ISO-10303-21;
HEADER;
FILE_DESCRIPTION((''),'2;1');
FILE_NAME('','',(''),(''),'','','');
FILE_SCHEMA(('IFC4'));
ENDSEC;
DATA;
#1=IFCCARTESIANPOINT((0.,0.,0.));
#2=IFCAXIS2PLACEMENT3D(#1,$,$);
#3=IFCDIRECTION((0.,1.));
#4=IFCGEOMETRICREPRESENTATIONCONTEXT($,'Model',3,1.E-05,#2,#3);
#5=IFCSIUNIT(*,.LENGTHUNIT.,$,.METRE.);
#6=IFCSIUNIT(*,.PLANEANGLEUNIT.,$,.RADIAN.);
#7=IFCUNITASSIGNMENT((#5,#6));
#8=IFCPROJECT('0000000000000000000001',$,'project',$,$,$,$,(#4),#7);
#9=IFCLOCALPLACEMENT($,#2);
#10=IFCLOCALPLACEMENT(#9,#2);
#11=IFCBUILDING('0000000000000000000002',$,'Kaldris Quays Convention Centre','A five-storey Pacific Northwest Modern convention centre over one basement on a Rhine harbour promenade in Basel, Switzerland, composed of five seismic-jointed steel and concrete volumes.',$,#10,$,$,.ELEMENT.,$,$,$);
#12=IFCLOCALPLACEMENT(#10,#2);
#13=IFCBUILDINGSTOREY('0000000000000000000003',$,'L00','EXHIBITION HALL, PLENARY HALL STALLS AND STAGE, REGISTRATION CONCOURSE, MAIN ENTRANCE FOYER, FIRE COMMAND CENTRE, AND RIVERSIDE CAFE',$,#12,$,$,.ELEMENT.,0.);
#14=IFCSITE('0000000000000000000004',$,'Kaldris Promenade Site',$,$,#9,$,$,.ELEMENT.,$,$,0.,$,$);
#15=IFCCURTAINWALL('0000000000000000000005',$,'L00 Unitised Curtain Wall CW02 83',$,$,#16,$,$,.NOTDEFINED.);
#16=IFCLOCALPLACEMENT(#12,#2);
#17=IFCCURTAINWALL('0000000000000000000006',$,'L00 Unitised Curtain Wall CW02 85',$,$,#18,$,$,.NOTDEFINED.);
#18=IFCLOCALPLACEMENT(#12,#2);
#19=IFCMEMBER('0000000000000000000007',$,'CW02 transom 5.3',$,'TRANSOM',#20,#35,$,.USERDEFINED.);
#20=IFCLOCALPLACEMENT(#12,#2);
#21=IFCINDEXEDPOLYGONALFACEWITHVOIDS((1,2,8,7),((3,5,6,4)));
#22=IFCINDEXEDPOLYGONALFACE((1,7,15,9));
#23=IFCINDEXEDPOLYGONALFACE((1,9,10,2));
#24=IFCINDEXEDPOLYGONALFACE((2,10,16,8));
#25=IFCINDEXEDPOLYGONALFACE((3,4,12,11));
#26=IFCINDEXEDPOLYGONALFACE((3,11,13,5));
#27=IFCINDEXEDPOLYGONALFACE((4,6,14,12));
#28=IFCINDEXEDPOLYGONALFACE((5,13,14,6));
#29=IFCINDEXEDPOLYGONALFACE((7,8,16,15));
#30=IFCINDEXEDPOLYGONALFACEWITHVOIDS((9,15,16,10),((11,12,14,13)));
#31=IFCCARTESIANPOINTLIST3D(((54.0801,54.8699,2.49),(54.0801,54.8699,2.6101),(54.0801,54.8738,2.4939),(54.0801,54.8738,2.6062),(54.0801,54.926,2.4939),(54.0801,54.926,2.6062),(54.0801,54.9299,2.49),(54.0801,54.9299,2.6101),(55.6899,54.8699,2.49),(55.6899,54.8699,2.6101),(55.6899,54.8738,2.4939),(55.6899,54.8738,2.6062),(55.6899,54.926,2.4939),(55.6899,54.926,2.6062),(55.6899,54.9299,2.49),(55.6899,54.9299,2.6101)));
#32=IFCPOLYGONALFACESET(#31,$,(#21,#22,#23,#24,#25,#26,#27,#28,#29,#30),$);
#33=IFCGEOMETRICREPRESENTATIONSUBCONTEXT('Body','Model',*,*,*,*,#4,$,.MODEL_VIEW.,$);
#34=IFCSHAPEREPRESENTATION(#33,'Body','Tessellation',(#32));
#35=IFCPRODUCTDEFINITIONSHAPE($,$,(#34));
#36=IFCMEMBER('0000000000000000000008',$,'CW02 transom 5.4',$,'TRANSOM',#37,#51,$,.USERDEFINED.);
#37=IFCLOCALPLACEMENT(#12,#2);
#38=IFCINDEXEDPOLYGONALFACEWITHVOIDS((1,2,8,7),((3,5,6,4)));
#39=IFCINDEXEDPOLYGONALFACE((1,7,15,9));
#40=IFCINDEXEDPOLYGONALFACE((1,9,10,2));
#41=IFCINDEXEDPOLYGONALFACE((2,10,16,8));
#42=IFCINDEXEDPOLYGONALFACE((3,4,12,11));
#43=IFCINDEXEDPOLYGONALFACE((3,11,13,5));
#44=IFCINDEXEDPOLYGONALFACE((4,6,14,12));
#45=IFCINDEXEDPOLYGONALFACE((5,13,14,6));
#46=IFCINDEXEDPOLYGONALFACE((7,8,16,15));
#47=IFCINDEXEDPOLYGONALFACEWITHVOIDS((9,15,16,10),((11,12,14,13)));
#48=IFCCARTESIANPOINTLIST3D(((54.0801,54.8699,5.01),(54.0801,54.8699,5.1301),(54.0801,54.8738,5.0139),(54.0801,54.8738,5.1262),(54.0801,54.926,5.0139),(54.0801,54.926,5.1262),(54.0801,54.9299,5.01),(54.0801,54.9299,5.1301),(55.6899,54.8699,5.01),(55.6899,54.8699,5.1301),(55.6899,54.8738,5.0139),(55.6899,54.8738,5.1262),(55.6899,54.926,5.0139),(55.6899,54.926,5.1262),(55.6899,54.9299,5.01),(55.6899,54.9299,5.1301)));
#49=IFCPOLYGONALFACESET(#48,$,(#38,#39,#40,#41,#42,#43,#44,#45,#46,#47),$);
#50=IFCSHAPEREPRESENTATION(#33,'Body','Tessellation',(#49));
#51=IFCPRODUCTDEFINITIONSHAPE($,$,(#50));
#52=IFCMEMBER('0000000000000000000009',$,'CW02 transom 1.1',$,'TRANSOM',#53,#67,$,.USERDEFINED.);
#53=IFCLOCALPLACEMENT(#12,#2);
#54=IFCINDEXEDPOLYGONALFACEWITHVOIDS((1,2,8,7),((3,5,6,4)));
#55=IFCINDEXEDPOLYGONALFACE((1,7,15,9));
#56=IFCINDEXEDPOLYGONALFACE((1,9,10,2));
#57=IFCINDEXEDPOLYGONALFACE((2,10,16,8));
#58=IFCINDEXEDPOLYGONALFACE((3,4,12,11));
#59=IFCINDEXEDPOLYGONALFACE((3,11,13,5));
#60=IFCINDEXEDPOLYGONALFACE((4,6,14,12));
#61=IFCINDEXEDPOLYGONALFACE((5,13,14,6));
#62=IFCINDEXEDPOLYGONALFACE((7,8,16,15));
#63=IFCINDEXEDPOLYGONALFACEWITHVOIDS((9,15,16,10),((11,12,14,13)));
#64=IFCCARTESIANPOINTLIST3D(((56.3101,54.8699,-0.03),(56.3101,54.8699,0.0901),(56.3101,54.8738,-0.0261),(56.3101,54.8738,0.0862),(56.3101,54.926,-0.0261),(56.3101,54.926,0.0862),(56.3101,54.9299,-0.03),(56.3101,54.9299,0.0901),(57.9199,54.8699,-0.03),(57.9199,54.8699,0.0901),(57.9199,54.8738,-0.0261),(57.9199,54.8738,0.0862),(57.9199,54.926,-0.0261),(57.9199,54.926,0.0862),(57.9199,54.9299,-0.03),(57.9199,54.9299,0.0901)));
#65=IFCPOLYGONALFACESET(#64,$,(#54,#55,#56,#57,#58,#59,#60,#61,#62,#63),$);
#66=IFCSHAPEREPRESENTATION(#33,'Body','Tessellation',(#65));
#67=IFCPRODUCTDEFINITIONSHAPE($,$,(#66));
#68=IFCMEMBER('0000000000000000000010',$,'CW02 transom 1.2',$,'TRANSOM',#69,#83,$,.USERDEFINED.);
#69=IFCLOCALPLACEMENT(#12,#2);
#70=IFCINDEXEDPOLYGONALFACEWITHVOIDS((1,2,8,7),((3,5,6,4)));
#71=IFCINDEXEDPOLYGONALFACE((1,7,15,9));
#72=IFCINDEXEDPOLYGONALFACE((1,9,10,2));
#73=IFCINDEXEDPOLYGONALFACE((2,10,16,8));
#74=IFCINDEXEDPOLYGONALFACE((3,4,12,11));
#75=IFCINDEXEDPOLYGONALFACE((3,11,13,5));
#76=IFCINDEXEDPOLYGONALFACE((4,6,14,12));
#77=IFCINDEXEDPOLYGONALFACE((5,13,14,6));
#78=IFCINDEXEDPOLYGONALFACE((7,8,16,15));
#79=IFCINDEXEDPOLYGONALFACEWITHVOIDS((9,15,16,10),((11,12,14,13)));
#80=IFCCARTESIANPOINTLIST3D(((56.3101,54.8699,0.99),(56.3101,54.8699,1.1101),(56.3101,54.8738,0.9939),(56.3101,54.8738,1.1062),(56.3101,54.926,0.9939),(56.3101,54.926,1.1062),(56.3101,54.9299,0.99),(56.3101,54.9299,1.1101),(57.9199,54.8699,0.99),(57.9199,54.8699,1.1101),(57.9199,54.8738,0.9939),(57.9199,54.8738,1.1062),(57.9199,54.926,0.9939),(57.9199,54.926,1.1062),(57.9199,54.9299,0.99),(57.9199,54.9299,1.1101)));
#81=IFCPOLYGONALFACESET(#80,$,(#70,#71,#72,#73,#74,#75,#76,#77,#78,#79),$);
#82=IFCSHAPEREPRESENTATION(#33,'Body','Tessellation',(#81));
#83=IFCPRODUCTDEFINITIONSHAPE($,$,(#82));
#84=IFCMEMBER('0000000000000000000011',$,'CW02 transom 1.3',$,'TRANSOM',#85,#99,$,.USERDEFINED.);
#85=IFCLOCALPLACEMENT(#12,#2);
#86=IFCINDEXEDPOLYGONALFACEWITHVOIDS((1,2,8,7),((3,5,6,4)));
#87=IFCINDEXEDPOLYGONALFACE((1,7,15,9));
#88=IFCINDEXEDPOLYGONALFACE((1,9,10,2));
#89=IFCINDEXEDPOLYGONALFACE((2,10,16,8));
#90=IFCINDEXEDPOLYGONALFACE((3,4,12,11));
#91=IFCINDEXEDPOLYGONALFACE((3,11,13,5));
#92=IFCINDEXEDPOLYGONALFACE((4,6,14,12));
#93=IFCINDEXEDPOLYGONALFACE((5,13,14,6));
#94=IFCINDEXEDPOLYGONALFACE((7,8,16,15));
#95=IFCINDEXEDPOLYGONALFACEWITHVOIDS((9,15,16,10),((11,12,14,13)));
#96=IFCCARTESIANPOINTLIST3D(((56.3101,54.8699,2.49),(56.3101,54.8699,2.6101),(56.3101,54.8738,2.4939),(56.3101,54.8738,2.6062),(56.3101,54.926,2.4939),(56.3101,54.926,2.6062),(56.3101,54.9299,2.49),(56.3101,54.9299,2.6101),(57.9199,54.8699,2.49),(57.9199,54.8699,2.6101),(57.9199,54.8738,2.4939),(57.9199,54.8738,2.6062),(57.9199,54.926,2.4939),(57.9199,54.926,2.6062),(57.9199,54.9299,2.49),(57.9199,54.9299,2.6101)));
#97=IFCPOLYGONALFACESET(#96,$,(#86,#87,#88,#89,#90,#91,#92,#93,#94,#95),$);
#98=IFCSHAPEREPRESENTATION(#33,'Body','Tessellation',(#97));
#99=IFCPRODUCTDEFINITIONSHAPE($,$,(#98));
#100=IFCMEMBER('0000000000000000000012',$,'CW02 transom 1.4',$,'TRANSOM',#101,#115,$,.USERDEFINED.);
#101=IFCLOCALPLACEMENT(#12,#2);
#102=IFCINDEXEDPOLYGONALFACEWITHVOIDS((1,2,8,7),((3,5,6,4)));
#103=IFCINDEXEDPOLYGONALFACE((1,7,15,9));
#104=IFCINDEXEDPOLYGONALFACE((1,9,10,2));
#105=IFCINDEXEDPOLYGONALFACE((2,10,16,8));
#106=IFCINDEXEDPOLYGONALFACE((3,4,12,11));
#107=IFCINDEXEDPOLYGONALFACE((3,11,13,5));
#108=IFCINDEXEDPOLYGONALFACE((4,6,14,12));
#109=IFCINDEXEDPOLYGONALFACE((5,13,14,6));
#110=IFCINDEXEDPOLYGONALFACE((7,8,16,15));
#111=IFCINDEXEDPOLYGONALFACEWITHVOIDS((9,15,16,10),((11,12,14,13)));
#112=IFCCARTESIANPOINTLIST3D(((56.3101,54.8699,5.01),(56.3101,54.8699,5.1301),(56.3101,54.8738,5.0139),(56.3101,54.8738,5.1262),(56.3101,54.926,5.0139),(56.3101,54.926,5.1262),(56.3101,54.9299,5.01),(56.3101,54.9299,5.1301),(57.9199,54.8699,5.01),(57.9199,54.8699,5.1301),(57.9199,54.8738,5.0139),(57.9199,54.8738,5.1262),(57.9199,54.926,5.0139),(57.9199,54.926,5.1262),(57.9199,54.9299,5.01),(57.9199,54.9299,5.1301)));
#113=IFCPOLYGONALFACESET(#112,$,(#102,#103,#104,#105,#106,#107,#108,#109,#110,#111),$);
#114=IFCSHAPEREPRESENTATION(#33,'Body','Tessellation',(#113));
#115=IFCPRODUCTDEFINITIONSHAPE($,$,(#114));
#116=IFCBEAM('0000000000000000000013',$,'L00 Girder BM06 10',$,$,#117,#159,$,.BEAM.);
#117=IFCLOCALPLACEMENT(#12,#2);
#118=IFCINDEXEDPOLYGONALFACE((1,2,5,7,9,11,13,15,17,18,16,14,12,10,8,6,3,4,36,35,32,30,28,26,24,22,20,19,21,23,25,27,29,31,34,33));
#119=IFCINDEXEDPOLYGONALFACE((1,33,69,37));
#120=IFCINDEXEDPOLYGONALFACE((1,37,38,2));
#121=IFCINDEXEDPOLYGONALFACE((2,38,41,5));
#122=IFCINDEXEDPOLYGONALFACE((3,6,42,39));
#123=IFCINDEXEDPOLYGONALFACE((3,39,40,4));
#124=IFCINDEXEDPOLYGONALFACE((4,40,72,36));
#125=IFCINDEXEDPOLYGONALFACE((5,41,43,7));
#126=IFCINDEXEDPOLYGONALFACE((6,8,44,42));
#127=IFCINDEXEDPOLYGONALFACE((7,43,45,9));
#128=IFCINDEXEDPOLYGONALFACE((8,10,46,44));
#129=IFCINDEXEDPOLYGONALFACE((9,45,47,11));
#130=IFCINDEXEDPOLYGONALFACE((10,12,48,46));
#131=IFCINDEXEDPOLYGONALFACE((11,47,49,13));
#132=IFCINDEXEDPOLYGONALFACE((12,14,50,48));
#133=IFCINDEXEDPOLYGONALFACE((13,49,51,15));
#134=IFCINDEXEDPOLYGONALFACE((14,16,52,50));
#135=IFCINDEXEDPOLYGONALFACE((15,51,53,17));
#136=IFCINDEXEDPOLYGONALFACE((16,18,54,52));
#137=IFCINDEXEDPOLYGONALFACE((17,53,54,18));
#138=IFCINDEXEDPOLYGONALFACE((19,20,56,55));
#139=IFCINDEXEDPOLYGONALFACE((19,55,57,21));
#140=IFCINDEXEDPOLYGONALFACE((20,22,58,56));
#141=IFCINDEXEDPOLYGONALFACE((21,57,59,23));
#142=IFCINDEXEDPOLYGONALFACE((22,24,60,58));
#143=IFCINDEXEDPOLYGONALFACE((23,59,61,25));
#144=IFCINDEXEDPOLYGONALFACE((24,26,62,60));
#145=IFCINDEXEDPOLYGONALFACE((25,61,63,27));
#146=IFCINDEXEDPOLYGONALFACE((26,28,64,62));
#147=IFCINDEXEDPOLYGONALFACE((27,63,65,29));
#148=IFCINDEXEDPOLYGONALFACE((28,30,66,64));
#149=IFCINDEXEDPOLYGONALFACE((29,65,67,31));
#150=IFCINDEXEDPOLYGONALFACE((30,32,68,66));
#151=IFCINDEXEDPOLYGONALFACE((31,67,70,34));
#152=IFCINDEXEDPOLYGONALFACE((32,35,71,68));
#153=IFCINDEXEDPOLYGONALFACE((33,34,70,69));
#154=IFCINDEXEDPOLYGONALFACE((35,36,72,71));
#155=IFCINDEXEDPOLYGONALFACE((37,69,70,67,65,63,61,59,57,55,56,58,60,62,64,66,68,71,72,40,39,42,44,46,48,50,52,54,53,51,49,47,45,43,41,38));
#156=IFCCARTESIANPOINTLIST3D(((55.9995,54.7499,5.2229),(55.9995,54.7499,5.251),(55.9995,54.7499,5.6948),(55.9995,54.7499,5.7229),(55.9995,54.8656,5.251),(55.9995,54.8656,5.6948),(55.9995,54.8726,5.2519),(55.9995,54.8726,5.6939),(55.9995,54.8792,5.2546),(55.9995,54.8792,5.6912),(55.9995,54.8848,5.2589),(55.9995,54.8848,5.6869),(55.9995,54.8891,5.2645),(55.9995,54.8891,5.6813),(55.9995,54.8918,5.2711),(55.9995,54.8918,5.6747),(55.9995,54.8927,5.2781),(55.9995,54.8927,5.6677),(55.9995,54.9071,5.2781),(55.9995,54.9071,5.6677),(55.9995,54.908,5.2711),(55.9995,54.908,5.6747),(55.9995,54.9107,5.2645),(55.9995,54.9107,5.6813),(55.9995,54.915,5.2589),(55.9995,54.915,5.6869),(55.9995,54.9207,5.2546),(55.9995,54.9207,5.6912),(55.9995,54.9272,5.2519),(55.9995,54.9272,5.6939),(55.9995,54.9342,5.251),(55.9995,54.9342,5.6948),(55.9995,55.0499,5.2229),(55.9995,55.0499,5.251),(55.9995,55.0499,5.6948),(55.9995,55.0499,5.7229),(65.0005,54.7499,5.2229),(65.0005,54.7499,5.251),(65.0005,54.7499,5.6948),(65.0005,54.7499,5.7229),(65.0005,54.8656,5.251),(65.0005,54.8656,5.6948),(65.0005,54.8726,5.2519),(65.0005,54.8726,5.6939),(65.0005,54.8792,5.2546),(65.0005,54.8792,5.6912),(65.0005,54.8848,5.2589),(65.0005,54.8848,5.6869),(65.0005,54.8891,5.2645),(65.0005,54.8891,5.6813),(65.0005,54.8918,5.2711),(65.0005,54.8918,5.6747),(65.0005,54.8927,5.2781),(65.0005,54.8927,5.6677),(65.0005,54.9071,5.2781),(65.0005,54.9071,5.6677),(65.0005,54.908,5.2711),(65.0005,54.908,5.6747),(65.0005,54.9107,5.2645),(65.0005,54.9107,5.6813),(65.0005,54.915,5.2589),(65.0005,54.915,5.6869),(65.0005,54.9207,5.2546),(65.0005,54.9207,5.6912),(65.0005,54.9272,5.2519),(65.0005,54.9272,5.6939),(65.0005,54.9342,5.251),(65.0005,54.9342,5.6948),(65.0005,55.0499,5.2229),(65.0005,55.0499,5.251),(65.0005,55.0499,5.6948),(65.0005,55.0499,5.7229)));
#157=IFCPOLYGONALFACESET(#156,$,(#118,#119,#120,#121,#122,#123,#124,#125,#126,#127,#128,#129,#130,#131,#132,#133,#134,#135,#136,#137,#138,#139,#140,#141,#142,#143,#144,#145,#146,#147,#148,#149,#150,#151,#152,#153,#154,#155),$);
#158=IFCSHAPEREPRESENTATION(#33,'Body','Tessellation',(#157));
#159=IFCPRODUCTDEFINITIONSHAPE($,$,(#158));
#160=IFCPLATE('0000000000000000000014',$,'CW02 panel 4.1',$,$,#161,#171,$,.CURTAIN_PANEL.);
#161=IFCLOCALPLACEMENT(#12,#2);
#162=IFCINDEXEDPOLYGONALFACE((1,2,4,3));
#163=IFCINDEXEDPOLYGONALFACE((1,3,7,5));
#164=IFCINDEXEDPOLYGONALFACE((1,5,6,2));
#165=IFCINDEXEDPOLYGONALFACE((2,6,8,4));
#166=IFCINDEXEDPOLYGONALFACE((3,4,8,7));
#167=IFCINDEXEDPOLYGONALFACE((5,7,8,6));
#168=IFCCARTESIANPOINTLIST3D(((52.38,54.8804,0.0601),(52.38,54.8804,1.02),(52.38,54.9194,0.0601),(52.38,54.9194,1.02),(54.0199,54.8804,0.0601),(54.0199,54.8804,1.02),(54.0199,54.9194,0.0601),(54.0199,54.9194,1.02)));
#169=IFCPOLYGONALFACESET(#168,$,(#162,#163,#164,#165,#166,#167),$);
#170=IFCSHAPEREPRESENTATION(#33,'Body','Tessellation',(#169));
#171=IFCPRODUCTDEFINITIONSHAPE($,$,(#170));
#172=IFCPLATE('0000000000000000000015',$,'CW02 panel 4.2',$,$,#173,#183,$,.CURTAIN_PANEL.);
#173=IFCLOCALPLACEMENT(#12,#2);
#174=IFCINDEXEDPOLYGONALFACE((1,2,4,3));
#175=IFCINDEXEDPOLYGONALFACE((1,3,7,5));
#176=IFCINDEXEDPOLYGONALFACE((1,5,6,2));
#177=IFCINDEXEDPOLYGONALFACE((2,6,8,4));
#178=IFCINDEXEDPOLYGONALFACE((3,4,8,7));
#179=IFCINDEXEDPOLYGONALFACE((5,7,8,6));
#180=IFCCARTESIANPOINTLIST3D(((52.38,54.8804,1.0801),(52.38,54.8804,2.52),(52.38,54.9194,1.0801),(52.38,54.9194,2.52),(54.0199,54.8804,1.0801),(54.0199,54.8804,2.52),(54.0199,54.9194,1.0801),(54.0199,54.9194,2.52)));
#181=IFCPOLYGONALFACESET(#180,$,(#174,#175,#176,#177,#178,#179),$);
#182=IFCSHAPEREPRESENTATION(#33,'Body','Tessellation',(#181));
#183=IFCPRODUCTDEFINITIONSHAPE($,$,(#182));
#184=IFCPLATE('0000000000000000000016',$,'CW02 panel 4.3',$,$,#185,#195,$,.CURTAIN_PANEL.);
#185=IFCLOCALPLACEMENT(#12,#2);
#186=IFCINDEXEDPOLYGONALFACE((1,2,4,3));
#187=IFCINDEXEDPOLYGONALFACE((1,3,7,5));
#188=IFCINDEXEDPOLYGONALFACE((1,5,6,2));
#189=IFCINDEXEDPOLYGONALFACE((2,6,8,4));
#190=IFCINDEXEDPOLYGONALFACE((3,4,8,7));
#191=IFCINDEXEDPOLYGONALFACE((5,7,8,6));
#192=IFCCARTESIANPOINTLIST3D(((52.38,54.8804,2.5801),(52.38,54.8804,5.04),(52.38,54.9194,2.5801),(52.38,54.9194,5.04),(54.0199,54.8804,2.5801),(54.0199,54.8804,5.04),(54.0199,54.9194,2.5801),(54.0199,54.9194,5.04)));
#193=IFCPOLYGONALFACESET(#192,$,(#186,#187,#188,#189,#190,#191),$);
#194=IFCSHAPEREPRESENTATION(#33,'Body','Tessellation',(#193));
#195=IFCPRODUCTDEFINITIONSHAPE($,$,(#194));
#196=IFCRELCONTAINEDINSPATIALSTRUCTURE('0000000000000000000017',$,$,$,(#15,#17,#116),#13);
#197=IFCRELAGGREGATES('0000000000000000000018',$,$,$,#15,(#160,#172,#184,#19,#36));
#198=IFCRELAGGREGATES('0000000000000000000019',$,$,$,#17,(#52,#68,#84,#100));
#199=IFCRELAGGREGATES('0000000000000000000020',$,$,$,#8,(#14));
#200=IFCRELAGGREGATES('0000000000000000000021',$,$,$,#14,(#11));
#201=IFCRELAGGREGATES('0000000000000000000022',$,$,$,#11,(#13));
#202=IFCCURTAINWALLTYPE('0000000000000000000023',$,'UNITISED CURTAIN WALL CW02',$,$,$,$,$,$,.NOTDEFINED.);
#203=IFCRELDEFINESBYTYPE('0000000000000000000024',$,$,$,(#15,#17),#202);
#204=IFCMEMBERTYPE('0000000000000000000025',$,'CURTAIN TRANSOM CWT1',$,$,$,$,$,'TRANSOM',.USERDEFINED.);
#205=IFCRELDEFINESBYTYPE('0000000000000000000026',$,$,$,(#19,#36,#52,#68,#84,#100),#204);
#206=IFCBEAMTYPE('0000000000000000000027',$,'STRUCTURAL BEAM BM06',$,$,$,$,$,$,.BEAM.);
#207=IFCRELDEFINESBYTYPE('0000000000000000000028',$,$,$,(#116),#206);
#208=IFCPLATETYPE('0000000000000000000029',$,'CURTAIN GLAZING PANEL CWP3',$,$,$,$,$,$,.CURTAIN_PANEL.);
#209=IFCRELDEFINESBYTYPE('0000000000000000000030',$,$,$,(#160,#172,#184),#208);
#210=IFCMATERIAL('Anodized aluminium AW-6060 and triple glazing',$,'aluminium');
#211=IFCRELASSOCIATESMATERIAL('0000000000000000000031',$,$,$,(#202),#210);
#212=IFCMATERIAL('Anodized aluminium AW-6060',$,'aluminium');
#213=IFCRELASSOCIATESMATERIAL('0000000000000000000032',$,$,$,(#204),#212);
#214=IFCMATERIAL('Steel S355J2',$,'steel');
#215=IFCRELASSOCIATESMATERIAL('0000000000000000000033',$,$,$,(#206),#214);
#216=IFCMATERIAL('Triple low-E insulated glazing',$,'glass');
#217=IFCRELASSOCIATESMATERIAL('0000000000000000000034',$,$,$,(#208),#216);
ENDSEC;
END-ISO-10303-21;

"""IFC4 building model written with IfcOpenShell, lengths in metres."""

from ifc_helpers import new_model, si_unit, direction, frame, origin, origin_2d, place, context, subcontext, project, spatial, rectangle, hollow_rectangle, i_section, extrude, material, material_profile, profile_set, type_object, element, aggregate, save


model = new_model("IFC4")

# Units and contexts
model_context = context("Model", 3, precision=1e-05, world=origin(), true_north=direction((0.0, 1.0)))
body_context = subcontext(model_context, "Body", "Model", "MODEL_VIEW")
ifc_project = project(units=[si_unit("LENGTHUNIT", "METRE"), si_unit("PLANEANGLEUNIT", "RADIAN")], contexts=[model_context])

# Site, building, storey
site_placement = place(None, origin())
site = spatial("IfcSite", under=ifc_project, at=site_placement, Name="Kaldris Promenade Site", CompositionType="ELEMENT", RefElevation=0.0)
building_placement = place(site_placement, origin())
building = spatial("IfcBuilding", under=site, at=building_placement, Name="Kaldris Quays Convention Centre", Description="A five-storey Pacific Northwest Modern convention centre over one basement on a Rhine harbour promenade in Basel, Switzerland, composed of five seismic-jointed steel and concrete volumes.", CompositionType="ELEMENT")
storey_placement = place(building_placement, origin())
storey = spatial("IfcBuildingStorey", under=building, at=storey_placement, Name="L00", Description="EXHIBITION HALL, PLENARY HALL STALLS AND STAGE, REGISTRATION CONCOURSE, MAIN ENTRANCE FOYER, FIRE COMMAND CENTRE, AND RIVERSIDE CAFE", CompositionType="ELEMENT", Elevation=0.0)

# Shared definitions
ifc_material_1 = material(Name="Steel S355J2", Category="steel")

# Curtain wall
ifc_material_2 = material(Name="Anodized aluminium AW-6060 and triple glazing", Category="aluminium")
curtain_wall_type = type_object("IfcCurtainWallType", Name="UNITISED CURTAIN WALL CW02", PredefinedType="NOTDEFINED", material=ifc_material_2)
curtain_wall_1_placement = place(storey_placement, origin())
curtain_wall_1 = element("IfcCurtainWall", 1, at=curtain_wall_1_placement, inside=storey, type_object=curtain_wall_type, Name="L00 Unitised Curtain Wall CW02 83", PredefinedType="NOTDEFINED")
ifc_material_3 = material(Name="Anodized aluminium AW-6060", Category="aluminium")

# Curtain wall
curtain_wall_2_placement = place(storey_placement, origin())
curtain_wall_2 = element("IfcCurtainWall", 2, at=curtain_wall_2_placement, inside=storey, type_object=curtain_wall_type, Name="L00 Unitised Curtain Wall CW02 85", PredefinedType="NOTDEFINED")

# Members
ifc_material_profile_1 = material_profile(ifc_material_3, hollow_rectangle(XDim=0.0601, YDim=0.1201, WallThickness=0.0039, at=origin_2d()), Name="RHS 120x60x4")
ifc_profile_set_1 = profile_set([ifc_material_profile_1], Name="Anodized aluminium AW-6060")
member_type_1 = type_object("IfcMemberType", Name="CURTAIN TRANSOM CWT1", ElementType="TRANSOM", PredefinedType="USERDEFINED", material=ifc_profile_set_1)
member_1_placement = place(storey_placement, frame((54.0801, 54.8999, 2.55), z_axis=(1.0, 0.0, 0.0), x_axis=(0.0, 1.0, 0.0)))
member_1 = element("IfcMember", 3, at=member_1_placement, type_object=member_type_1, Name="CW02 transom 5.3", ObjectType="TRANSOM", PredefinedType="USERDEFINED", context=body_context, shape_type="SweptSolid", body=[
    extrude(hollow_rectangle(XDim=0.0601, YDim=0.1201, WallThickness=0.0039, at=origin_2d()), origin(), (0.0, 0.0, 1.0), 1.6099),
])
member_2_placement = place(storey_placement, frame((54.0801, 54.8999, 5.0701), z_axis=(1.0, 0.0, 0.0), x_axis=(0.0, 1.0, 0.0)))
member_2 = element("IfcMember", 4, at=member_2_placement, type_object=member_type_1, Name="CW02 transom 5.4", ObjectType="TRANSOM", PredefinedType="USERDEFINED", context=body_context, shape_type="SweptSolid", body=[
    extrude(hollow_rectangle(XDim=0.0601, YDim=0.1201, WallThickness=0.0039, at=origin_2d()), origin(), (0.0, 0.0, 1.0), 1.6099),
])
member_3_placement = place(storey_placement, frame((56.3101, 54.8999, 0.03), z_axis=(1.0, 0.0, 0.0), x_axis=(0.0, 1.0, 0.0)))
member_3 = element("IfcMember", 5, at=member_3_placement, type_object=member_type_1, Name="CW02 transom 1.1", ObjectType="TRANSOM", PredefinedType="USERDEFINED", context=body_context, shape_type="SweptSolid", body=[
    extrude(hollow_rectangle(XDim=0.0601, YDim=0.1201, WallThickness=0.0039, at=origin_2d()), origin(), (0.0, 0.0, 1.0), 1.6099),
])
member_4_placement = place(storey_placement, frame((56.3101, 54.8999, 1.05), z_axis=(1.0, 0.0, 0.0), x_axis=(0.0, 1.0, 0.0)))
member_4 = element("IfcMember", 6, at=member_4_placement, type_object=member_type_1, Name="CW02 transom 1.2", ObjectType="TRANSOM", PredefinedType="USERDEFINED", context=body_context, shape_type="SweptSolid", body=[
    extrude(hollow_rectangle(XDim=0.0601, YDim=0.1201, WallThickness=0.0039, at=origin_2d()), origin(), (0.0, 0.0, 1.0), 1.6099),
])
member_5_placement = place(storey_placement, frame((56.3101, 54.8999, 2.55), z_axis=(1.0, 0.0, 0.0), x_axis=(0.0, 1.0, 0.0)))
member_5 = element("IfcMember", 7, at=member_5_placement, type_object=member_type_1, Name="CW02 transom 1.3", ObjectType="TRANSOM", PredefinedType="USERDEFINED", context=body_context, shape_type="SweptSolid", body=[
    extrude(hollow_rectangle(XDim=0.0601, YDim=0.1201, WallThickness=0.0039, at=origin_2d()), origin(), (0.0, 0.0, 1.0), 1.6099),
])
member_6_placement = place(storey_placement, frame((56.3101, 54.8999, 5.0701), z_axis=(1.0, 0.0, 0.0), x_axis=(0.0, 1.0, 0.0)))
member_6 = element("IfcMember", 8, at=member_6_placement, type_object=member_type_1, Name="CW02 transom 1.4", ObjectType="TRANSOM", PredefinedType="USERDEFINED", context=body_context, shape_type="SweptSolid", body=[
    extrude(hollow_rectangle(XDim=0.0601, YDim=0.1201, WallThickness=0.0039, at=origin_2d()), origin(), (0.0, 0.0, 1.0), 1.6099),
])

# Beam
ifc_material_profile_2 = material_profile(ifc_material_1, i_section(OverallWidth=0.3, OverallDepth=0.5, WebThickness=0.0144, FlangeThickness=0.0281, FilletRadius=0.0271, at=origin_2d()), Name="HEB 500")
ifc_profile_set_2 = profile_set([ifc_material_profile_2], Name="Steel S355J2")
beam_type = type_object("IfcBeamType", Name="STRUCTURAL BEAM BM06", PredefinedType="BEAM", material=ifc_profile_set_2)
beam_placement = place(storey_placement, frame((55.9995, 54.8999, 5.4729), z_axis=(1.0, 0.0, 0.0), x_axis=(0.0, 1.0, 0.0)))
element("IfcBeam", 9, at=beam_placement, inside=storey, type_object=beam_type, Name="L00 Girder BM06 10", PredefinedType="BEAM", context=body_context, shape_type="SweptSolid", body=[
    extrude(i_section(OverallWidth=0.3, OverallDepth=0.5, WebThickness=0.0144, FlangeThickness=0.0281, FilletRadius=0.0271, at=origin_2d()), origin(), (0.0, 0.0, 1.0), 9.001),
])

# Plates
ifc_material_4 = material(Name="Triple low-E insulated glazing", Category="glass")
plate_type_1 = type_object("IfcPlateType", Name="CURTAIN GLAZING PANEL CWP3", PredefinedType="CURTAIN_PANEL", material=ifc_material_4)
plate_1_placement = place(storey_placement, frame((53.2, 54.8999, 0.0601), z_axis=(0.0, 0.0, 1.0), x_axis=(1.0, 0.0, 0.0)))
plate_1 = element("IfcPlate", 10, at=plate_1_placement, type_object=plate_type_1, Name="CW02 panel 4.1", PredefinedType="CURTAIN_PANEL", context=body_context, shape_type="SweptSolid", body=[
    extrude(rectangle(XDim=1.6399, YDim=0.0391, at=origin_2d()), origin(), (0.0, 0.0, 1.0), 0.96),
])
plate_2_placement = place(storey_placement, frame((53.2, 54.8999, 1.0801), z_axis=(0.0, 0.0, 1.0), x_axis=(1.0, 0.0, 0.0)))
plate_2 = element("IfcPlate", 11, at=plate_2_placement, type_object=plate_type_1, Name="CW02 panel 4.2", PredefinedType="CURTAIN_PANEL", context=body_context, shape_type="SweptSolid", body=[
    extrude(rectangle(XDim=1.6399, YDim=0.0391, at=origin_2d()), origin(), (0.0, 0.0, 1.0), 1.4399),
])
plate_3_placement = place(storey_placement, frame((53.2, 54.8999, 2.5801), z_axis=(0.0, 0.0, 1.0), x_axis=(1.0, 0.0, 0.0)))
plate_3 = element("IfcPlate", 12, at=plate_3_placement, type_object=plate_type_1, Name="CW02 panel 4.3", PredefinedType="CURTAIN_PANEL", context=body_context, shape_type="SweptSolid", body=[
    extrude(rectangle(XDim=1.6399, YDim=0.0391, at=origin_2d()), origin(), (0.0, 0.0, 1.0), 2.46),
])
aggregate(curtain_wall_1, [plate_1, plate_2, plate_3, member_1, member_2])
aggregate(curtain_wall_2, [member_3, member_4, member_5, member_6])

save(model, "model.ifc")
